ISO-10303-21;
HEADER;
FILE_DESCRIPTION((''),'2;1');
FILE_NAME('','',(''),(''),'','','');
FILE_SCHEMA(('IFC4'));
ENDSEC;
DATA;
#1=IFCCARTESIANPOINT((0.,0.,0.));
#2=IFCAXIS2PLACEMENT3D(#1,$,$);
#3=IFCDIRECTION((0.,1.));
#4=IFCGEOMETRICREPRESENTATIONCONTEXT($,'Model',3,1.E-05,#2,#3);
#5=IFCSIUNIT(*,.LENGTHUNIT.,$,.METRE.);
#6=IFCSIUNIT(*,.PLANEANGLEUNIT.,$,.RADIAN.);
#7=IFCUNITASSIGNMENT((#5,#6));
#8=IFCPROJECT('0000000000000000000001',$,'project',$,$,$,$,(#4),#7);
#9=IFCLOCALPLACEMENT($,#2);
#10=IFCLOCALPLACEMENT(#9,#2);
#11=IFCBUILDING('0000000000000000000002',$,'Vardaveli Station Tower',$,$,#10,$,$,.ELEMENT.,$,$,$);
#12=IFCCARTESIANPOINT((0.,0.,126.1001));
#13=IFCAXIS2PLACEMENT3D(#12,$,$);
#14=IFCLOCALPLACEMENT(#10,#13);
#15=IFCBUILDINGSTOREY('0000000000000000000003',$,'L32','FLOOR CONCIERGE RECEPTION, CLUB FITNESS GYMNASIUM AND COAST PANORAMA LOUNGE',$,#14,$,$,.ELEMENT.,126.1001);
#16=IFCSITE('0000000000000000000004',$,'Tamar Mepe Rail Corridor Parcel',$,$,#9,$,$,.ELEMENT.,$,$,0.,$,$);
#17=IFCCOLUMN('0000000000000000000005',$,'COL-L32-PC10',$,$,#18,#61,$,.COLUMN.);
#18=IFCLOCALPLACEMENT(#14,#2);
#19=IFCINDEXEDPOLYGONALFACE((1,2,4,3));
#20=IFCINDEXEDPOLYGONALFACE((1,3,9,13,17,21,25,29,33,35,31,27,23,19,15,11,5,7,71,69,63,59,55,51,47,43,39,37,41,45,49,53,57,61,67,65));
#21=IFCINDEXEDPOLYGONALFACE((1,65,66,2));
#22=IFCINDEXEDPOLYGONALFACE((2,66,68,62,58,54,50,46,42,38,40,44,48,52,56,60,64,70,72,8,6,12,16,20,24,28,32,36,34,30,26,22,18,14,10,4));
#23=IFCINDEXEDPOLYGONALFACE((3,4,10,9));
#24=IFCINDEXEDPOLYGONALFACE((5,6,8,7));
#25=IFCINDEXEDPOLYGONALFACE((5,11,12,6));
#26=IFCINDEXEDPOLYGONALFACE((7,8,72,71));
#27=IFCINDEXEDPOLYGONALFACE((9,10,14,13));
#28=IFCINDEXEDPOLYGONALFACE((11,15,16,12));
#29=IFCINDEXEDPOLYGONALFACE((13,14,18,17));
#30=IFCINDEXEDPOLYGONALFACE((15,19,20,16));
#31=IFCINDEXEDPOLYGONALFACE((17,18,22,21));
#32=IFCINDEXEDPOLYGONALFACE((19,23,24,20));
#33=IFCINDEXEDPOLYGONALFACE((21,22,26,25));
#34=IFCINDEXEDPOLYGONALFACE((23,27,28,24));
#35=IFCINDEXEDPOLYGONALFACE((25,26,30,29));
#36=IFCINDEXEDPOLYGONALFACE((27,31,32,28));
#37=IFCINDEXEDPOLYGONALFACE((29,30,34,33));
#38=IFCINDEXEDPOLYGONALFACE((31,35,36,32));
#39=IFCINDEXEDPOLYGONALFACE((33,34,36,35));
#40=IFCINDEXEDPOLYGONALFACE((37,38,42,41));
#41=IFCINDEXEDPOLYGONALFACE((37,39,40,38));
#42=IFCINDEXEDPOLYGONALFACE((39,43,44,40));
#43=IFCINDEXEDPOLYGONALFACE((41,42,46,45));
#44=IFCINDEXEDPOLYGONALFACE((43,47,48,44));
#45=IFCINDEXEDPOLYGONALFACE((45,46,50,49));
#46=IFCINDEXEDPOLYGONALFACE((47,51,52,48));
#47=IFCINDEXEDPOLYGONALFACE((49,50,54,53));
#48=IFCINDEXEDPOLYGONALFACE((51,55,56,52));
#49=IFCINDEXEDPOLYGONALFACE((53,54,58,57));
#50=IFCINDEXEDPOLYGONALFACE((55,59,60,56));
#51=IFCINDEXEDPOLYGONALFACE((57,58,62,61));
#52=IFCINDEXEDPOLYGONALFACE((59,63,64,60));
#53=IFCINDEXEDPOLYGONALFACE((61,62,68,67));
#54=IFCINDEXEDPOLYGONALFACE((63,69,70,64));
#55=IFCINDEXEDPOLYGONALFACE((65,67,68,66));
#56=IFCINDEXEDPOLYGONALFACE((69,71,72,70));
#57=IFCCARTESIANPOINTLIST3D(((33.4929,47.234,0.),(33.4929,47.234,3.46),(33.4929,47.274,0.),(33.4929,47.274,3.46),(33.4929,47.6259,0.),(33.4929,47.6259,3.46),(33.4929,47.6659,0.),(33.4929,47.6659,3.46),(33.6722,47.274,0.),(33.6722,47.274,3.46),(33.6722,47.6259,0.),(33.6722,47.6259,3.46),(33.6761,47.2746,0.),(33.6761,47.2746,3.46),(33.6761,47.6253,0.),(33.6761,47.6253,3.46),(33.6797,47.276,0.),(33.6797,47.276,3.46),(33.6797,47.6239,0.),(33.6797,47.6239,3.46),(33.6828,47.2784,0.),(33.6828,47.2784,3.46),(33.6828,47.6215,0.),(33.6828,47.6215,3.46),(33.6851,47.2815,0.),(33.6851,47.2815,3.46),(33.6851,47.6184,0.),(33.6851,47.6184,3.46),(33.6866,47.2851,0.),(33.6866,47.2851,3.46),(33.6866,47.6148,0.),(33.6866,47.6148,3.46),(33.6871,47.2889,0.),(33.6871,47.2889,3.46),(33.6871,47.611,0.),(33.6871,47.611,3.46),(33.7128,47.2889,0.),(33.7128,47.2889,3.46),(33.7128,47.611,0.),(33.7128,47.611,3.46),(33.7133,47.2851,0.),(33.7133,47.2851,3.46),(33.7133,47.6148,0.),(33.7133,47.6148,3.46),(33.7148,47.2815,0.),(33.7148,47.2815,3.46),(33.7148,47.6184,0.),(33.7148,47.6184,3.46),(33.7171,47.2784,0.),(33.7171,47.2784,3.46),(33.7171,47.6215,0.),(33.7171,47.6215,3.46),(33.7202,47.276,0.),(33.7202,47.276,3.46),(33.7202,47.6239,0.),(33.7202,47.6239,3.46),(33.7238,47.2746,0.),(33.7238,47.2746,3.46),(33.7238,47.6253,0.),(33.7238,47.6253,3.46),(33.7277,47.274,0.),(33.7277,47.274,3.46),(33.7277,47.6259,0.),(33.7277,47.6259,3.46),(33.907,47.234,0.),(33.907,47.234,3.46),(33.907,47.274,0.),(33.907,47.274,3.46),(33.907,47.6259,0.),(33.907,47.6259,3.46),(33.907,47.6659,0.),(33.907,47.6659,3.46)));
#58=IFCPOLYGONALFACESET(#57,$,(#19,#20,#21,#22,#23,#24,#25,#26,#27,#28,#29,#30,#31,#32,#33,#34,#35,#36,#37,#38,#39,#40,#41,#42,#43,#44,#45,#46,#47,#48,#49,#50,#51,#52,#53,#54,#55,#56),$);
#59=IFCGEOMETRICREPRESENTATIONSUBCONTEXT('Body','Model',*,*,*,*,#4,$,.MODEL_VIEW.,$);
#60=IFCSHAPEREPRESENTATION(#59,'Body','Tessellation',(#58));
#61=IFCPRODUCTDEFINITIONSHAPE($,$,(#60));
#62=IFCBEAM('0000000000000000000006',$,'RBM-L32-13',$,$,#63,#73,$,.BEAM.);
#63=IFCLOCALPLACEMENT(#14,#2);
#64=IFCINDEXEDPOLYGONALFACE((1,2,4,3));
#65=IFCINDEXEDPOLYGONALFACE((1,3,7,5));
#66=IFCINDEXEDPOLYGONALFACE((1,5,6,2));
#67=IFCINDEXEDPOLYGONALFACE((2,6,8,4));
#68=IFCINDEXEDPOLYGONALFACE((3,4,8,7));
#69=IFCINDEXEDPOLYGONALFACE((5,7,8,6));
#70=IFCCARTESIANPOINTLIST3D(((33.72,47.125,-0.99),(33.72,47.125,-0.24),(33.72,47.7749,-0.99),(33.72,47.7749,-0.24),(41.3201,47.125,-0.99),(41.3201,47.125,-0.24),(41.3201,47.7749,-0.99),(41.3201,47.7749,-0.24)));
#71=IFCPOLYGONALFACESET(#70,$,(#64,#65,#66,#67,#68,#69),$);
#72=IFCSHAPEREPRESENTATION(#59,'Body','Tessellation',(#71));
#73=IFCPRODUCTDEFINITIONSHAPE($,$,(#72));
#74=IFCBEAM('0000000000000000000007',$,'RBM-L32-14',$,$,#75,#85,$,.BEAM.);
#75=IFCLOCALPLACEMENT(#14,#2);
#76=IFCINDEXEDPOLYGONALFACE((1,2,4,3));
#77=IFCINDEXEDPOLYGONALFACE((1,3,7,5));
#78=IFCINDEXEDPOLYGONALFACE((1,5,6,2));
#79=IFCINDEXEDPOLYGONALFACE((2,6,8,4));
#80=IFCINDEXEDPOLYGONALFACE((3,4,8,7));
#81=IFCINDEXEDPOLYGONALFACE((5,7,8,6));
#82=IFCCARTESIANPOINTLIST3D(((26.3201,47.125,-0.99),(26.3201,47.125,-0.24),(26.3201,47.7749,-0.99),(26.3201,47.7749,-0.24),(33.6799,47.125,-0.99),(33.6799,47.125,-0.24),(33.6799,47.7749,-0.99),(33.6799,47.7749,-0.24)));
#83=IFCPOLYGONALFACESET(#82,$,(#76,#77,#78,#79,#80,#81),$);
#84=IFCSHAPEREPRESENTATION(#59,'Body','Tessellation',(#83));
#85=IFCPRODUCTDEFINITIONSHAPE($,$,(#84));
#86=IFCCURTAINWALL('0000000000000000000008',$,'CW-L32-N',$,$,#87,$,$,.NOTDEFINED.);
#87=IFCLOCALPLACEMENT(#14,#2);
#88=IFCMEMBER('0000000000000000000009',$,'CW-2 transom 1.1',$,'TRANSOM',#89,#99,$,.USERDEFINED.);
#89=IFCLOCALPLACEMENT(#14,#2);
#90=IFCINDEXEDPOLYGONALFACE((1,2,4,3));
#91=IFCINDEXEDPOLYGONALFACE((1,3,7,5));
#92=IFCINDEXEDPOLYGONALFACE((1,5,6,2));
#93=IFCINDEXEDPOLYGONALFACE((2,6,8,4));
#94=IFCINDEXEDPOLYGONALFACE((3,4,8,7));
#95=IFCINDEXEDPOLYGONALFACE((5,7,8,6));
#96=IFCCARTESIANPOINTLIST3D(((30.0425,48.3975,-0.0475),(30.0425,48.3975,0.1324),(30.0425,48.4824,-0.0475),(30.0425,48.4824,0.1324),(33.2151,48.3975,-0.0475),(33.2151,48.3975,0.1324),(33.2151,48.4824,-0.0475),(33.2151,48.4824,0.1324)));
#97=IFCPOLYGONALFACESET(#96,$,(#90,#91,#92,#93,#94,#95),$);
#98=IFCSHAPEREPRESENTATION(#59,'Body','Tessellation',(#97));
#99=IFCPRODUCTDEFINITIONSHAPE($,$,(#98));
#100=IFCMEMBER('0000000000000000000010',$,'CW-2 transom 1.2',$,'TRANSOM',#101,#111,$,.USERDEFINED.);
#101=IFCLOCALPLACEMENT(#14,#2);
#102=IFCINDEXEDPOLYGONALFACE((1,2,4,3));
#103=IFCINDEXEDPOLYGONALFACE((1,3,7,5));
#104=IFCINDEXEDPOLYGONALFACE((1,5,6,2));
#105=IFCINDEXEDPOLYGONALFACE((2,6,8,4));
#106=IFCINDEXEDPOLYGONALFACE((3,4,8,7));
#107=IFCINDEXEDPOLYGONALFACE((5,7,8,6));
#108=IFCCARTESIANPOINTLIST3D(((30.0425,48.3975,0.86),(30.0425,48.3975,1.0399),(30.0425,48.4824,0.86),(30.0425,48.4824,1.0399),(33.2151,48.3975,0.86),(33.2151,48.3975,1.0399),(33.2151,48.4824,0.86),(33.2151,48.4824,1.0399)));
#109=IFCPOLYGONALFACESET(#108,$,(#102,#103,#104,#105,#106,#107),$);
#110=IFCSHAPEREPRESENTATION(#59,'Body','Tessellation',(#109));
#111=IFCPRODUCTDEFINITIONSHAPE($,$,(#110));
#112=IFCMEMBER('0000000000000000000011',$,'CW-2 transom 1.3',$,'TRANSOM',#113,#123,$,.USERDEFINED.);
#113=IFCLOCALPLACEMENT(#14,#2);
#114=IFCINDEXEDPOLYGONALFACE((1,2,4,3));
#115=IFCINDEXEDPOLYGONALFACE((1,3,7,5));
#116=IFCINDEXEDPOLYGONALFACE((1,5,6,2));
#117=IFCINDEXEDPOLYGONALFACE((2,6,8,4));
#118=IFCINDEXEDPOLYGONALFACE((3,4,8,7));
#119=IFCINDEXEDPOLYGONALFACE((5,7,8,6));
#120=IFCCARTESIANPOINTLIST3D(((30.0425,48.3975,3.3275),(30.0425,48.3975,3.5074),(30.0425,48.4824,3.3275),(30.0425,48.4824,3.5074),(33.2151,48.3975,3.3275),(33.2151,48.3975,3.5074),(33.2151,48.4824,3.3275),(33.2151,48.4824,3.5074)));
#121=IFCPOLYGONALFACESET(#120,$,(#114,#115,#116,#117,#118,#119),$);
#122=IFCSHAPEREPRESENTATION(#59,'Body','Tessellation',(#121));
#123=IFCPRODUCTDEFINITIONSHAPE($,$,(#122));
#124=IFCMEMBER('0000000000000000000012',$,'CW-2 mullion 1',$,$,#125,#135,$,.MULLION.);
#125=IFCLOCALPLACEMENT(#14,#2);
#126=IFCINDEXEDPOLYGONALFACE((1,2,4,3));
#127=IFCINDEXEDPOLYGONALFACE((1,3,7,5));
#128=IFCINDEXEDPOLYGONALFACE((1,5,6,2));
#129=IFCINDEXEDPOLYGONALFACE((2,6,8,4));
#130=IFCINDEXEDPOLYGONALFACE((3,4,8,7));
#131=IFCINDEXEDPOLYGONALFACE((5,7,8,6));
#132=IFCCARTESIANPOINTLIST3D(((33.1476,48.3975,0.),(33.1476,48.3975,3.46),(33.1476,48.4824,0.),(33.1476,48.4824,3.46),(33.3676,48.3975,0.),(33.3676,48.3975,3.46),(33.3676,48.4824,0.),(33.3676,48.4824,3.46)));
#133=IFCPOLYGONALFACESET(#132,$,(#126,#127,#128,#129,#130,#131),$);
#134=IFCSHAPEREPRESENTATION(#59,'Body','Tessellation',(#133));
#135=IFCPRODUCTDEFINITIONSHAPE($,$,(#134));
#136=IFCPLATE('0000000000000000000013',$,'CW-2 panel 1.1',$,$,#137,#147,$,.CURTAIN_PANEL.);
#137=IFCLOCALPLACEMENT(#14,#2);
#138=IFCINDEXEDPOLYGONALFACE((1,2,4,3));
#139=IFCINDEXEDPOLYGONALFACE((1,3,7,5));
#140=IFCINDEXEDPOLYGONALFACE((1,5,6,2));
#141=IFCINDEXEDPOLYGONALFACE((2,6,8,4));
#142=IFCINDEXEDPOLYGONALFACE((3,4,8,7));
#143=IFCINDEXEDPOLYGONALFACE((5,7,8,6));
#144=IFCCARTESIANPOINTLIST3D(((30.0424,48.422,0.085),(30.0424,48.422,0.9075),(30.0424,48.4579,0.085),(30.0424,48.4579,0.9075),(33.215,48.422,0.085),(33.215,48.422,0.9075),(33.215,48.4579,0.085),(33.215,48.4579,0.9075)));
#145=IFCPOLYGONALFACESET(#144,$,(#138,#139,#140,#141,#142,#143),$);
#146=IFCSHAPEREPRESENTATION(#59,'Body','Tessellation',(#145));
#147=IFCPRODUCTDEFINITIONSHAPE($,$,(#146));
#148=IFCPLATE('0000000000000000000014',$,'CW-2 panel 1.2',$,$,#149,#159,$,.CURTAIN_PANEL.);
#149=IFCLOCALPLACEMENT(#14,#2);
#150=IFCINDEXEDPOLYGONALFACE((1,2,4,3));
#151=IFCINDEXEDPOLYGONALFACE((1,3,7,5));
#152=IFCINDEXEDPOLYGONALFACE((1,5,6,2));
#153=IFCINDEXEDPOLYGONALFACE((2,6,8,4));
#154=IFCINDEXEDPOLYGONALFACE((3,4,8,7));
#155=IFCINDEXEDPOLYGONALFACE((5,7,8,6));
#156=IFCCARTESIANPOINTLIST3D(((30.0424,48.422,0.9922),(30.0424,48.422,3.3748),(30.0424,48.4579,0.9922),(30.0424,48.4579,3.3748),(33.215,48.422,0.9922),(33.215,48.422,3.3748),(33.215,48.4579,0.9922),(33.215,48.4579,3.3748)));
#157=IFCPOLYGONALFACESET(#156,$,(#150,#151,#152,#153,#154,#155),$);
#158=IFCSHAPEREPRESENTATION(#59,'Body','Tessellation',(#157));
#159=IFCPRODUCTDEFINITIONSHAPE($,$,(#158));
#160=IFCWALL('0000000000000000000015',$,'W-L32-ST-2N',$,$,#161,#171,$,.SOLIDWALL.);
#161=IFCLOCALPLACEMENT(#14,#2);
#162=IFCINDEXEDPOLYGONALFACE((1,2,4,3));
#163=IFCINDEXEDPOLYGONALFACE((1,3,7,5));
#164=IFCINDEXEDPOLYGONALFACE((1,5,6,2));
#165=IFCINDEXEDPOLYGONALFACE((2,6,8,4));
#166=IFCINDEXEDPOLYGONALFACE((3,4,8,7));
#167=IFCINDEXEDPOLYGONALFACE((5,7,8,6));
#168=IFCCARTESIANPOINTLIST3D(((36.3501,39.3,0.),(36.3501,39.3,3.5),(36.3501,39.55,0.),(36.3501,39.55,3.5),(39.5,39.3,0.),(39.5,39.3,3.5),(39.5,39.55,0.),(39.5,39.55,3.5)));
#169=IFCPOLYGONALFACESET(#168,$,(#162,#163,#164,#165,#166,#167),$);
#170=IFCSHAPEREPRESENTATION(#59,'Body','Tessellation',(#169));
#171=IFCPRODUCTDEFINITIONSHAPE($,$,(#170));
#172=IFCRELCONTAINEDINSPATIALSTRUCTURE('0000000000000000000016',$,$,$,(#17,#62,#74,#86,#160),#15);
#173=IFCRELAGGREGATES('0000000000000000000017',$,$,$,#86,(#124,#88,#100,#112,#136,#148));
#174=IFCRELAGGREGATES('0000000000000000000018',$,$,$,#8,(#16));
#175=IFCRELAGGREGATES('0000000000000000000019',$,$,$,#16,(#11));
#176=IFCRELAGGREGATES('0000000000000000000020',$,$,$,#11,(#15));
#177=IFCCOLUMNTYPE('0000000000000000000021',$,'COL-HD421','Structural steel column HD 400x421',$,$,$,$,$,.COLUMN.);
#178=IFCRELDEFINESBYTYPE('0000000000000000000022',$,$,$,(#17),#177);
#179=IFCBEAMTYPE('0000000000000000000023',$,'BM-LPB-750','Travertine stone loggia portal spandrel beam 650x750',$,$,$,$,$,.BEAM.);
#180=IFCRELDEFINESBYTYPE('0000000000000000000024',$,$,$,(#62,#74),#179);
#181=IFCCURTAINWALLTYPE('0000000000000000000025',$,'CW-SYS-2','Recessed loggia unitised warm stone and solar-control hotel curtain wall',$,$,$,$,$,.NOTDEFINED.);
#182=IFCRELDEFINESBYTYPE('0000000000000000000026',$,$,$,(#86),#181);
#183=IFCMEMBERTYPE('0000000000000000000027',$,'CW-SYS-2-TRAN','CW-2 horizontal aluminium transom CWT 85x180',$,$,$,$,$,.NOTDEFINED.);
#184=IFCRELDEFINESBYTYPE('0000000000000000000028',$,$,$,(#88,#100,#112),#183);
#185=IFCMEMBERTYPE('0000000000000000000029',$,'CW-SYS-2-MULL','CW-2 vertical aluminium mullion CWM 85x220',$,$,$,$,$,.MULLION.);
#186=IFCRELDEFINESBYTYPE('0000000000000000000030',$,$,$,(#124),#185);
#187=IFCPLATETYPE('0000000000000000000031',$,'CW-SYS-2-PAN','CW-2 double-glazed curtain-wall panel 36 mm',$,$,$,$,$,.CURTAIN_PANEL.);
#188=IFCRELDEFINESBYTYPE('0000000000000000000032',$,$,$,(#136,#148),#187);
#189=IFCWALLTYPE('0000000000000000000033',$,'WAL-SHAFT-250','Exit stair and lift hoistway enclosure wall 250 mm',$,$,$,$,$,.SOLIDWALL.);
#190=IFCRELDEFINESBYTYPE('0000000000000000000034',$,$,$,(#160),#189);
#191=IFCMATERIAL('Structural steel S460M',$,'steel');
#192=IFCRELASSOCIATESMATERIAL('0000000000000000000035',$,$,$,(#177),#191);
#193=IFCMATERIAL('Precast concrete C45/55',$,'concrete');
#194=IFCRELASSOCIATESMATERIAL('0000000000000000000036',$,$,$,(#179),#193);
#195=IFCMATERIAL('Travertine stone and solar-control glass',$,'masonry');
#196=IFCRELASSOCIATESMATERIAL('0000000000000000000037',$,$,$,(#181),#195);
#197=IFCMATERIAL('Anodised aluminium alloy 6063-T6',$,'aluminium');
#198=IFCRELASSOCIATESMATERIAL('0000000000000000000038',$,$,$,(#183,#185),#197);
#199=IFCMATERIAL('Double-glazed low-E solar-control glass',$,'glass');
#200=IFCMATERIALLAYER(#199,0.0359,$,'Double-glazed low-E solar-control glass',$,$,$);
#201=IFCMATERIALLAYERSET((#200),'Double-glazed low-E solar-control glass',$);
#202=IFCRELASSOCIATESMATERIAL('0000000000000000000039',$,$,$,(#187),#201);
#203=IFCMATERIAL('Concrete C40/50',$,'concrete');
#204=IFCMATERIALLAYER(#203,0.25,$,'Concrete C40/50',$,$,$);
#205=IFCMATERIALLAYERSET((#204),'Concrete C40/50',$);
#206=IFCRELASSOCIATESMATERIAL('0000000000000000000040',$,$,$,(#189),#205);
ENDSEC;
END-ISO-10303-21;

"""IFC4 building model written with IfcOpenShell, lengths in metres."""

from ifc_helpers import new_model, si_unit, direction, frame, frame_2d, origin, origin_2d, place, context, subcontext, project, spatial, rectangle, i_section, extrude, source, transform, mapped, material, layer, layer_set, material_profile, profile_set, type_object, element, aggregate, save


model = new_model("IFC4")

# Units and contexts
model_context = context("Model", 3, precision=1e-05, world=origin(), true_north=direction((0.0, 1.0)))
body_context = subcontext(model_context, "Body", "Model", "MODEL_VIEW")
ifc_project = project(units=[si_unit("LENGTHUNIT", "METRE"), si_unit("PLANEANGLEUNIT", "RADIAN")], contexts=[model_context])

# Site, building, storey
site_placement = place(None, origin())
site = spatial("IfcSite", under=ifc_project, at=site_placement, Name="Tamar Mepe Rail Corridor Parcel", CompositionType="ELEMENT", RefElevation=0.0)
building_placement = place(site_placement, origin())
building = spatial("IfcBuilding", under=site, at=building_placement, Name="Vardaveli Station Tower", CompositionType="ELEMENT")
storey_placement = place(building_placement, frame((0.0, 0.0, 126.1001)))
storey = spatial("IfcBuildingStorey", under=building, at=storey_placement, Name="L32", Description="FLOOR CONCIERGE RECEPTION, CLUB FITNESS GYMNASIUM AND COAST PANORAMA LOUNGE", CompositionType="ELEMENT", Elevation=126.1001)

# Column
ifc_material_1 = material(Name="Structural steel S460M", Category="steel")
ifc_material_profile_1 = material_profile(ifc_material_1, i_section(OverallWidth=0.4141, OverallDepth=0.4319, WebThickness=0.0256, FlangeThickness=0.04, FilletRadius=0.0149, at=origin_2d()), Name="HD 400x421")
ifc_profile_set_1 = profile_set([ifc_material_profile_1], Name="Structural steel S460M")
column_type = type_object("IfcColumnType", Name="COL-HD421", Description="Structural steel column HD 400x421", PredefinedType="COLUMN", material=ifc_profile_set_1)
shared_shape_1 = source(origin(), body_context, "Body", "SweptSolid", [
    extrude(i_section(OverallWidth=0.4141, OverallDepth=0.4319, WebThickness=0.0256, FlangeThickness=0.04, FilletRadius=0.0149, at=origin_2d()), origin(), (0.0, 0.0, 1.0), 3.46),
])
column_placement = place(storey_placement, frame((33.7, 47.45, 0.0), z_axis=(0.0, 0.0, 1.0), x_axis=(1.0, 0.0, 0.0)))
element("IfcColumn", 1, at=column_placement, inside=storey, type_object=column_type, Name="COL-L32-PC10", PredefinedType="COLUMN", context=body_context, shape_type="MappedRepresentation", body=[
    mapped(shared_shape_1, transform((0.0, 0.0, 0.0), scale=1.0)),
])

# Beams
ifc_material_2 = material(Name="Precast concrete C45/55", Category="concrete")
ifc_material_profile_2 = material_profile(ifc_material_2, rectangle(XDim=0.6499, YDim=0.75, at=origin_2d()), Name="LPB 650x750")
ifc_profile_set_2 = profile_set([ifc_material_profile_2], Name="Precast concrete C45/55")
beam_type = type_object("IfcBeamType", Name="BM-LPB-750", Description="Travertine stone loggia portal spandrel beam 650x750", PredefinedType="BEAM", material=ifc_profile_set_2)
shared_shape_2 = source(origin(), body_context, "Body", "SweptSolid", [
    extrude(rectangle(XDim=0.6499, YDim=0.75, at=origin_2d()), origin(), (0.0, 0.0, 1.0), 7.6001),
])
beam_1_placement = place(storey_placement, frame((41.3201, 47.45, -0.615), z_axis=(-1.0, 0.0, 0.0), x_axis=(0.0, -1.0, 0.0)))
element("IfcBeam", 2, at=beam_1_placement, inside=storey, type_object=beam_type, Name="RBM-L32-13", PredefinedType="BEAM", context=body_context, shape_type="MappedRepresentation", body=[
    mapped(shared_shape_2, transform((0.0, 0.0, 0.0), scale=1.0)),
])
shared_shape_3 = source(origin(), body_context, "Body", "SweptSolid", [
    extrude(rectangle(XDim=0.6499, YDim=0.75, at=origin_2d()), origin(), (0.0, 0.0, 1.0), 7.3599),
])
beam_2_placement = place(storey_placement, frame((33.6799, 47.45, -0.615), z_axis=(-1.0, 0.0, 0.0), x_axis=(0.0, -1.0, 0.0)))
element("IfcBeam", 3, at=beam_2_placement, inside=storey, type_object=beam_type, Name="RBM-L32-14", PredefinedType="BEAM", context=body_context, shape_type="MappedRepresentation", body=[
    mapped(shared_shape_3, transform((0.0, 0.0, 0.0), scale=1.0)),
])

# Curtain wall, members, plates
ifc_material_3 = material(Name="Travertine stone and solar-control glass", Category="masonry")
curtain_wall_type = type_object("IfcCurtainWallType", Name="CW-SYS-2", Description="Recessed loggia unitised warm stone and solar-control hotel curtain wall", PredefinedType="NOTDEFINED", material=ifc_material_3)
curtain_wall_placement = place(storey_placement, origin())
curtain_wall = element("IfcCurtainWall", 4, at=curtain_wall_placement, inside=storey, type_object=curtain_wall_type, Name="CW-L32-N", PredefinedType="NOTDEFINED")
ifc_material_4 = material(Name="Anodised aluminium alloy 6063-T6", Category="aluminium")
ifc_material_profile_3 = material_profile(ifc_material_4, rectangle(XDim=0.085, YDim=0.1799, at=origin_2d()), Name="CWT 85x180")
ifc_profile_set_3 = profile_set([ifc_material_profile_3], Name="Anodised aluminium alloy 6063-T6")
member_type_1 = type_object("IfcMemberType", Name="CW-SYS-2-TRAN", Description="CW-2 horizontal aluminium transom CWT 85x180", PredefinedType="NOTDEFINED", material=ifc_profile_set_3)
shared_shape_4 = source(origin(), body_context, "Body", "SweptSolid", [
    extrude(rectangle(XDim=0.085, YDim=0.1799, at=origin_2d()), origin(), (0.0, 0.0, 1.0), 3.1726),
])
member_1_placement = place(storey_placement, frame((33.2151, 48.4399, 0.0425), z_axis=(-1.0, 0.0, 0.0), x_axis=(0.0, -1.0, 0.0)))
member_1 = element("IfcMember", 5, at=member_1_placement, type_object=member_type_1, Name="CW-2 transom 1.1", ObjectType="TRANSOM", PredefinedType="USERDEFINED", context=body_context, shape_type="MappedRepresentation", body=[
    mapped(shared_shape_4, transform((0.0, 0.0, 0.0), scale=1.0)),
])
member_2_placement = place(storey_placement, frame((33.2151, 48.4399, 0.95), z_axis=(-1.0, 0.0, 0.0), x_axis=(0.0, -1.0, 0.0)))
member_2 = element("IfcMember", 6, at=member_2_placement, type_object=member_type_1, Name="CW-2 transom 1.2", ObjectType="TRANSOM", PredefinedType="USERDEFINED", context=body_context, shape_type="MappedRepresentation", body=[
    mapped(shared_shape_4, transform((0.0, 0.0, 0.0), scale=1.0)),
])
member_3_placement = place(storey_placement, frame((33.2151, 48.4399, 3.4175), z_axis=(-1.0, 0.0, 0.0), x_axis=(0.0, -1.0, 0.0)))
member_3 = element("IfcMember", 7, at=member_3_placement, type_object=member_type_1, Name="CW-2 transom 1.3", ObjectType="TRANSOM", PredefinedType="USERDEFINED", context=body_context, shape_type="MappedRepresentation", body=[
    mapped(shared_shape_4, transform((0.0, 0.0, 0.0), scale=1.0)),
])
ifc_material_profile_4 = material_profile(ifc_material_4, rectangle(XDim=0.085, YDim=0.22, at=origin_2d()), Name="CWM 85x220")
ifc_profile_set_4 = profile_set([ifc_material_profile_4], Name="Anodised aluminium alloy 6063-T6")
member_type_2 = type_object("IfcMemberType", Name="CW-SYS-2-MULL", Description="CW-2 vertical aluminium mullion CWM 85x220", PredefinedType="MULLION", material=ifc_profile_set_4)
shared_shape_5 = source(origin(), body_context, "Body", "SweptSolid", [
    extrude(rectangle(XDim=0.085, YDim=0.22, at=origin_2d()), origin(), (0.0, 0.0, 1.0), 3.46),
])
member_4_placement = place(storey_placement, frame((33.2576, 48.4399, 0.0), z_axis=(0.0, 0.0, 1.0), x_axis=(0.0, -1.0, 0.0)))
member_4 = element("IfcMember", 8, at=member_4_placement, type_object=member_type_2, Name="CW-2 mullion 1", PredefinedType="MULLION", context=body_context, shape_type="MappedRepresentation", body=[
    mapped(shared_shape_5, transform((0.0, 0.0, 0.0), scale=1.0)),
])
ifc_material_5 = material(Name="Double-glazed low-E solar-control glass", Category="glass")
ifc_layer_1 = layer(ifc_material_5, 0.0359, Name="Double-glazed low-E solar-control glass")
ifc_layer_set_1 = layer_set([ifc_layer_1], Name="Double-glazed low-E solar-control glass")
plate_type = type_object("IfcPlateType", Name="CW-SYS-2-PAN", Description="CW-2 double-glazed curtain-wall panel 36 mm", PredefinedType="CURTAIN_PANEL", material=ifc_layer_set_1)
shared_shape_6 = source(origin(), body_context, "Body", "SweptSolid", [
    extrude(rectangle(XDim=3.1726, YDim=0.0359, at=origin_2d()), origin(), (0.0, 0.0, 1.0), 0.8225),
])
plate_1_placement = place(storey_placement, frame((31.6287, 48.4399, 0.085), z_axis=(0.0, 0.0, 1.0), x_axis=(-1.0, 0.0, 0.0)))
plate_1 = element("IfcPlate", 9, at=plate_1_placement, type_object=plate_type, Name="CW-2 panel 1.1", PredefinedType="CURTAIN_PANEL", context=body_context, shape_type="MappedRepresentation", body=[
    mapped(shared_shape_6, transform((0.0, 0.0, 0.0), scale=1.0)),
])
shared_shape_7 = source(origin(), body_context, "Body", "SweptSolid", [
    extrude(rectangle(XDim=3.1726, YDim=0.0359, at=origin_2d()), origin(), (0.0, 0.0, 1.0), 2.3826),
])
plate_2_placement = place(storey_placement, frame((31.6287, 48.4399, 0.9922), z_axis=(0.0, 0.0, 1.0), x_axis=(-1.0, 0.0, 0.0)))
plate_2 = element("IfcPlate", 10, at=plate_2_placement, type_object=plate_type, Name="CW-2 panel 1.2", PredefinedType="CURTAIN_PANEL", context=body_context, shape_type="MappedRepresentation", body=[
    mapped(shared_shape_7, transform((0.0, 0.0, 0.0), scale=1.0)),
])
aggregate(curtain_wall, [member_4, member_1, member_2, member_3, plate_1, plate_2])

# Wall
ifc_material_6 = material(Name="Concrete C40/50", Category="concrete")
ifc_layer_2 = layer(ifc_material_6, 0.25, Name="Concrete C40/50")
ifc_layer_set_2 = layer_set([ifc_layer_2], Name="Concrete C40/50")
wall_type = type_object("IfcWallType", Name="WAL-SHAFT-250", Description="Exit stair and lift hoistway enclosure wall 250 mm", PredefinedType="SOLIDWALL", material=ifc_layer_set_2)
shared_shape_8 = source(origin(), body_context, "Body", "SweptSolid", [
    extrude(rectangle(XDim=3.1499, YDim=0.25, at=frame_2d((1.575, 0.0))), origin(), (0.0, 0.0, 1.0), 3.5),
])
wall_1_placement = place(storey_placement, frame((36.3501, 39.425, 0.0), z_axis=(0.0, 0.0, 1.0), x_axis=(1.0, 0.0, 0.0)))
element("IfcWall", 11, at=wall_1_placement, inside=storey, type_object=wall_type, Name="W-L32-ST-2N", PredefinedType="SOLIDWALL", context=body_context, shape_type="MappedRepresentation", body=[
    mapped(shared_shape_8, transform((0.0, 0.0, 0.0), scale=1.0)),
])

save(model, "model.ifc")
